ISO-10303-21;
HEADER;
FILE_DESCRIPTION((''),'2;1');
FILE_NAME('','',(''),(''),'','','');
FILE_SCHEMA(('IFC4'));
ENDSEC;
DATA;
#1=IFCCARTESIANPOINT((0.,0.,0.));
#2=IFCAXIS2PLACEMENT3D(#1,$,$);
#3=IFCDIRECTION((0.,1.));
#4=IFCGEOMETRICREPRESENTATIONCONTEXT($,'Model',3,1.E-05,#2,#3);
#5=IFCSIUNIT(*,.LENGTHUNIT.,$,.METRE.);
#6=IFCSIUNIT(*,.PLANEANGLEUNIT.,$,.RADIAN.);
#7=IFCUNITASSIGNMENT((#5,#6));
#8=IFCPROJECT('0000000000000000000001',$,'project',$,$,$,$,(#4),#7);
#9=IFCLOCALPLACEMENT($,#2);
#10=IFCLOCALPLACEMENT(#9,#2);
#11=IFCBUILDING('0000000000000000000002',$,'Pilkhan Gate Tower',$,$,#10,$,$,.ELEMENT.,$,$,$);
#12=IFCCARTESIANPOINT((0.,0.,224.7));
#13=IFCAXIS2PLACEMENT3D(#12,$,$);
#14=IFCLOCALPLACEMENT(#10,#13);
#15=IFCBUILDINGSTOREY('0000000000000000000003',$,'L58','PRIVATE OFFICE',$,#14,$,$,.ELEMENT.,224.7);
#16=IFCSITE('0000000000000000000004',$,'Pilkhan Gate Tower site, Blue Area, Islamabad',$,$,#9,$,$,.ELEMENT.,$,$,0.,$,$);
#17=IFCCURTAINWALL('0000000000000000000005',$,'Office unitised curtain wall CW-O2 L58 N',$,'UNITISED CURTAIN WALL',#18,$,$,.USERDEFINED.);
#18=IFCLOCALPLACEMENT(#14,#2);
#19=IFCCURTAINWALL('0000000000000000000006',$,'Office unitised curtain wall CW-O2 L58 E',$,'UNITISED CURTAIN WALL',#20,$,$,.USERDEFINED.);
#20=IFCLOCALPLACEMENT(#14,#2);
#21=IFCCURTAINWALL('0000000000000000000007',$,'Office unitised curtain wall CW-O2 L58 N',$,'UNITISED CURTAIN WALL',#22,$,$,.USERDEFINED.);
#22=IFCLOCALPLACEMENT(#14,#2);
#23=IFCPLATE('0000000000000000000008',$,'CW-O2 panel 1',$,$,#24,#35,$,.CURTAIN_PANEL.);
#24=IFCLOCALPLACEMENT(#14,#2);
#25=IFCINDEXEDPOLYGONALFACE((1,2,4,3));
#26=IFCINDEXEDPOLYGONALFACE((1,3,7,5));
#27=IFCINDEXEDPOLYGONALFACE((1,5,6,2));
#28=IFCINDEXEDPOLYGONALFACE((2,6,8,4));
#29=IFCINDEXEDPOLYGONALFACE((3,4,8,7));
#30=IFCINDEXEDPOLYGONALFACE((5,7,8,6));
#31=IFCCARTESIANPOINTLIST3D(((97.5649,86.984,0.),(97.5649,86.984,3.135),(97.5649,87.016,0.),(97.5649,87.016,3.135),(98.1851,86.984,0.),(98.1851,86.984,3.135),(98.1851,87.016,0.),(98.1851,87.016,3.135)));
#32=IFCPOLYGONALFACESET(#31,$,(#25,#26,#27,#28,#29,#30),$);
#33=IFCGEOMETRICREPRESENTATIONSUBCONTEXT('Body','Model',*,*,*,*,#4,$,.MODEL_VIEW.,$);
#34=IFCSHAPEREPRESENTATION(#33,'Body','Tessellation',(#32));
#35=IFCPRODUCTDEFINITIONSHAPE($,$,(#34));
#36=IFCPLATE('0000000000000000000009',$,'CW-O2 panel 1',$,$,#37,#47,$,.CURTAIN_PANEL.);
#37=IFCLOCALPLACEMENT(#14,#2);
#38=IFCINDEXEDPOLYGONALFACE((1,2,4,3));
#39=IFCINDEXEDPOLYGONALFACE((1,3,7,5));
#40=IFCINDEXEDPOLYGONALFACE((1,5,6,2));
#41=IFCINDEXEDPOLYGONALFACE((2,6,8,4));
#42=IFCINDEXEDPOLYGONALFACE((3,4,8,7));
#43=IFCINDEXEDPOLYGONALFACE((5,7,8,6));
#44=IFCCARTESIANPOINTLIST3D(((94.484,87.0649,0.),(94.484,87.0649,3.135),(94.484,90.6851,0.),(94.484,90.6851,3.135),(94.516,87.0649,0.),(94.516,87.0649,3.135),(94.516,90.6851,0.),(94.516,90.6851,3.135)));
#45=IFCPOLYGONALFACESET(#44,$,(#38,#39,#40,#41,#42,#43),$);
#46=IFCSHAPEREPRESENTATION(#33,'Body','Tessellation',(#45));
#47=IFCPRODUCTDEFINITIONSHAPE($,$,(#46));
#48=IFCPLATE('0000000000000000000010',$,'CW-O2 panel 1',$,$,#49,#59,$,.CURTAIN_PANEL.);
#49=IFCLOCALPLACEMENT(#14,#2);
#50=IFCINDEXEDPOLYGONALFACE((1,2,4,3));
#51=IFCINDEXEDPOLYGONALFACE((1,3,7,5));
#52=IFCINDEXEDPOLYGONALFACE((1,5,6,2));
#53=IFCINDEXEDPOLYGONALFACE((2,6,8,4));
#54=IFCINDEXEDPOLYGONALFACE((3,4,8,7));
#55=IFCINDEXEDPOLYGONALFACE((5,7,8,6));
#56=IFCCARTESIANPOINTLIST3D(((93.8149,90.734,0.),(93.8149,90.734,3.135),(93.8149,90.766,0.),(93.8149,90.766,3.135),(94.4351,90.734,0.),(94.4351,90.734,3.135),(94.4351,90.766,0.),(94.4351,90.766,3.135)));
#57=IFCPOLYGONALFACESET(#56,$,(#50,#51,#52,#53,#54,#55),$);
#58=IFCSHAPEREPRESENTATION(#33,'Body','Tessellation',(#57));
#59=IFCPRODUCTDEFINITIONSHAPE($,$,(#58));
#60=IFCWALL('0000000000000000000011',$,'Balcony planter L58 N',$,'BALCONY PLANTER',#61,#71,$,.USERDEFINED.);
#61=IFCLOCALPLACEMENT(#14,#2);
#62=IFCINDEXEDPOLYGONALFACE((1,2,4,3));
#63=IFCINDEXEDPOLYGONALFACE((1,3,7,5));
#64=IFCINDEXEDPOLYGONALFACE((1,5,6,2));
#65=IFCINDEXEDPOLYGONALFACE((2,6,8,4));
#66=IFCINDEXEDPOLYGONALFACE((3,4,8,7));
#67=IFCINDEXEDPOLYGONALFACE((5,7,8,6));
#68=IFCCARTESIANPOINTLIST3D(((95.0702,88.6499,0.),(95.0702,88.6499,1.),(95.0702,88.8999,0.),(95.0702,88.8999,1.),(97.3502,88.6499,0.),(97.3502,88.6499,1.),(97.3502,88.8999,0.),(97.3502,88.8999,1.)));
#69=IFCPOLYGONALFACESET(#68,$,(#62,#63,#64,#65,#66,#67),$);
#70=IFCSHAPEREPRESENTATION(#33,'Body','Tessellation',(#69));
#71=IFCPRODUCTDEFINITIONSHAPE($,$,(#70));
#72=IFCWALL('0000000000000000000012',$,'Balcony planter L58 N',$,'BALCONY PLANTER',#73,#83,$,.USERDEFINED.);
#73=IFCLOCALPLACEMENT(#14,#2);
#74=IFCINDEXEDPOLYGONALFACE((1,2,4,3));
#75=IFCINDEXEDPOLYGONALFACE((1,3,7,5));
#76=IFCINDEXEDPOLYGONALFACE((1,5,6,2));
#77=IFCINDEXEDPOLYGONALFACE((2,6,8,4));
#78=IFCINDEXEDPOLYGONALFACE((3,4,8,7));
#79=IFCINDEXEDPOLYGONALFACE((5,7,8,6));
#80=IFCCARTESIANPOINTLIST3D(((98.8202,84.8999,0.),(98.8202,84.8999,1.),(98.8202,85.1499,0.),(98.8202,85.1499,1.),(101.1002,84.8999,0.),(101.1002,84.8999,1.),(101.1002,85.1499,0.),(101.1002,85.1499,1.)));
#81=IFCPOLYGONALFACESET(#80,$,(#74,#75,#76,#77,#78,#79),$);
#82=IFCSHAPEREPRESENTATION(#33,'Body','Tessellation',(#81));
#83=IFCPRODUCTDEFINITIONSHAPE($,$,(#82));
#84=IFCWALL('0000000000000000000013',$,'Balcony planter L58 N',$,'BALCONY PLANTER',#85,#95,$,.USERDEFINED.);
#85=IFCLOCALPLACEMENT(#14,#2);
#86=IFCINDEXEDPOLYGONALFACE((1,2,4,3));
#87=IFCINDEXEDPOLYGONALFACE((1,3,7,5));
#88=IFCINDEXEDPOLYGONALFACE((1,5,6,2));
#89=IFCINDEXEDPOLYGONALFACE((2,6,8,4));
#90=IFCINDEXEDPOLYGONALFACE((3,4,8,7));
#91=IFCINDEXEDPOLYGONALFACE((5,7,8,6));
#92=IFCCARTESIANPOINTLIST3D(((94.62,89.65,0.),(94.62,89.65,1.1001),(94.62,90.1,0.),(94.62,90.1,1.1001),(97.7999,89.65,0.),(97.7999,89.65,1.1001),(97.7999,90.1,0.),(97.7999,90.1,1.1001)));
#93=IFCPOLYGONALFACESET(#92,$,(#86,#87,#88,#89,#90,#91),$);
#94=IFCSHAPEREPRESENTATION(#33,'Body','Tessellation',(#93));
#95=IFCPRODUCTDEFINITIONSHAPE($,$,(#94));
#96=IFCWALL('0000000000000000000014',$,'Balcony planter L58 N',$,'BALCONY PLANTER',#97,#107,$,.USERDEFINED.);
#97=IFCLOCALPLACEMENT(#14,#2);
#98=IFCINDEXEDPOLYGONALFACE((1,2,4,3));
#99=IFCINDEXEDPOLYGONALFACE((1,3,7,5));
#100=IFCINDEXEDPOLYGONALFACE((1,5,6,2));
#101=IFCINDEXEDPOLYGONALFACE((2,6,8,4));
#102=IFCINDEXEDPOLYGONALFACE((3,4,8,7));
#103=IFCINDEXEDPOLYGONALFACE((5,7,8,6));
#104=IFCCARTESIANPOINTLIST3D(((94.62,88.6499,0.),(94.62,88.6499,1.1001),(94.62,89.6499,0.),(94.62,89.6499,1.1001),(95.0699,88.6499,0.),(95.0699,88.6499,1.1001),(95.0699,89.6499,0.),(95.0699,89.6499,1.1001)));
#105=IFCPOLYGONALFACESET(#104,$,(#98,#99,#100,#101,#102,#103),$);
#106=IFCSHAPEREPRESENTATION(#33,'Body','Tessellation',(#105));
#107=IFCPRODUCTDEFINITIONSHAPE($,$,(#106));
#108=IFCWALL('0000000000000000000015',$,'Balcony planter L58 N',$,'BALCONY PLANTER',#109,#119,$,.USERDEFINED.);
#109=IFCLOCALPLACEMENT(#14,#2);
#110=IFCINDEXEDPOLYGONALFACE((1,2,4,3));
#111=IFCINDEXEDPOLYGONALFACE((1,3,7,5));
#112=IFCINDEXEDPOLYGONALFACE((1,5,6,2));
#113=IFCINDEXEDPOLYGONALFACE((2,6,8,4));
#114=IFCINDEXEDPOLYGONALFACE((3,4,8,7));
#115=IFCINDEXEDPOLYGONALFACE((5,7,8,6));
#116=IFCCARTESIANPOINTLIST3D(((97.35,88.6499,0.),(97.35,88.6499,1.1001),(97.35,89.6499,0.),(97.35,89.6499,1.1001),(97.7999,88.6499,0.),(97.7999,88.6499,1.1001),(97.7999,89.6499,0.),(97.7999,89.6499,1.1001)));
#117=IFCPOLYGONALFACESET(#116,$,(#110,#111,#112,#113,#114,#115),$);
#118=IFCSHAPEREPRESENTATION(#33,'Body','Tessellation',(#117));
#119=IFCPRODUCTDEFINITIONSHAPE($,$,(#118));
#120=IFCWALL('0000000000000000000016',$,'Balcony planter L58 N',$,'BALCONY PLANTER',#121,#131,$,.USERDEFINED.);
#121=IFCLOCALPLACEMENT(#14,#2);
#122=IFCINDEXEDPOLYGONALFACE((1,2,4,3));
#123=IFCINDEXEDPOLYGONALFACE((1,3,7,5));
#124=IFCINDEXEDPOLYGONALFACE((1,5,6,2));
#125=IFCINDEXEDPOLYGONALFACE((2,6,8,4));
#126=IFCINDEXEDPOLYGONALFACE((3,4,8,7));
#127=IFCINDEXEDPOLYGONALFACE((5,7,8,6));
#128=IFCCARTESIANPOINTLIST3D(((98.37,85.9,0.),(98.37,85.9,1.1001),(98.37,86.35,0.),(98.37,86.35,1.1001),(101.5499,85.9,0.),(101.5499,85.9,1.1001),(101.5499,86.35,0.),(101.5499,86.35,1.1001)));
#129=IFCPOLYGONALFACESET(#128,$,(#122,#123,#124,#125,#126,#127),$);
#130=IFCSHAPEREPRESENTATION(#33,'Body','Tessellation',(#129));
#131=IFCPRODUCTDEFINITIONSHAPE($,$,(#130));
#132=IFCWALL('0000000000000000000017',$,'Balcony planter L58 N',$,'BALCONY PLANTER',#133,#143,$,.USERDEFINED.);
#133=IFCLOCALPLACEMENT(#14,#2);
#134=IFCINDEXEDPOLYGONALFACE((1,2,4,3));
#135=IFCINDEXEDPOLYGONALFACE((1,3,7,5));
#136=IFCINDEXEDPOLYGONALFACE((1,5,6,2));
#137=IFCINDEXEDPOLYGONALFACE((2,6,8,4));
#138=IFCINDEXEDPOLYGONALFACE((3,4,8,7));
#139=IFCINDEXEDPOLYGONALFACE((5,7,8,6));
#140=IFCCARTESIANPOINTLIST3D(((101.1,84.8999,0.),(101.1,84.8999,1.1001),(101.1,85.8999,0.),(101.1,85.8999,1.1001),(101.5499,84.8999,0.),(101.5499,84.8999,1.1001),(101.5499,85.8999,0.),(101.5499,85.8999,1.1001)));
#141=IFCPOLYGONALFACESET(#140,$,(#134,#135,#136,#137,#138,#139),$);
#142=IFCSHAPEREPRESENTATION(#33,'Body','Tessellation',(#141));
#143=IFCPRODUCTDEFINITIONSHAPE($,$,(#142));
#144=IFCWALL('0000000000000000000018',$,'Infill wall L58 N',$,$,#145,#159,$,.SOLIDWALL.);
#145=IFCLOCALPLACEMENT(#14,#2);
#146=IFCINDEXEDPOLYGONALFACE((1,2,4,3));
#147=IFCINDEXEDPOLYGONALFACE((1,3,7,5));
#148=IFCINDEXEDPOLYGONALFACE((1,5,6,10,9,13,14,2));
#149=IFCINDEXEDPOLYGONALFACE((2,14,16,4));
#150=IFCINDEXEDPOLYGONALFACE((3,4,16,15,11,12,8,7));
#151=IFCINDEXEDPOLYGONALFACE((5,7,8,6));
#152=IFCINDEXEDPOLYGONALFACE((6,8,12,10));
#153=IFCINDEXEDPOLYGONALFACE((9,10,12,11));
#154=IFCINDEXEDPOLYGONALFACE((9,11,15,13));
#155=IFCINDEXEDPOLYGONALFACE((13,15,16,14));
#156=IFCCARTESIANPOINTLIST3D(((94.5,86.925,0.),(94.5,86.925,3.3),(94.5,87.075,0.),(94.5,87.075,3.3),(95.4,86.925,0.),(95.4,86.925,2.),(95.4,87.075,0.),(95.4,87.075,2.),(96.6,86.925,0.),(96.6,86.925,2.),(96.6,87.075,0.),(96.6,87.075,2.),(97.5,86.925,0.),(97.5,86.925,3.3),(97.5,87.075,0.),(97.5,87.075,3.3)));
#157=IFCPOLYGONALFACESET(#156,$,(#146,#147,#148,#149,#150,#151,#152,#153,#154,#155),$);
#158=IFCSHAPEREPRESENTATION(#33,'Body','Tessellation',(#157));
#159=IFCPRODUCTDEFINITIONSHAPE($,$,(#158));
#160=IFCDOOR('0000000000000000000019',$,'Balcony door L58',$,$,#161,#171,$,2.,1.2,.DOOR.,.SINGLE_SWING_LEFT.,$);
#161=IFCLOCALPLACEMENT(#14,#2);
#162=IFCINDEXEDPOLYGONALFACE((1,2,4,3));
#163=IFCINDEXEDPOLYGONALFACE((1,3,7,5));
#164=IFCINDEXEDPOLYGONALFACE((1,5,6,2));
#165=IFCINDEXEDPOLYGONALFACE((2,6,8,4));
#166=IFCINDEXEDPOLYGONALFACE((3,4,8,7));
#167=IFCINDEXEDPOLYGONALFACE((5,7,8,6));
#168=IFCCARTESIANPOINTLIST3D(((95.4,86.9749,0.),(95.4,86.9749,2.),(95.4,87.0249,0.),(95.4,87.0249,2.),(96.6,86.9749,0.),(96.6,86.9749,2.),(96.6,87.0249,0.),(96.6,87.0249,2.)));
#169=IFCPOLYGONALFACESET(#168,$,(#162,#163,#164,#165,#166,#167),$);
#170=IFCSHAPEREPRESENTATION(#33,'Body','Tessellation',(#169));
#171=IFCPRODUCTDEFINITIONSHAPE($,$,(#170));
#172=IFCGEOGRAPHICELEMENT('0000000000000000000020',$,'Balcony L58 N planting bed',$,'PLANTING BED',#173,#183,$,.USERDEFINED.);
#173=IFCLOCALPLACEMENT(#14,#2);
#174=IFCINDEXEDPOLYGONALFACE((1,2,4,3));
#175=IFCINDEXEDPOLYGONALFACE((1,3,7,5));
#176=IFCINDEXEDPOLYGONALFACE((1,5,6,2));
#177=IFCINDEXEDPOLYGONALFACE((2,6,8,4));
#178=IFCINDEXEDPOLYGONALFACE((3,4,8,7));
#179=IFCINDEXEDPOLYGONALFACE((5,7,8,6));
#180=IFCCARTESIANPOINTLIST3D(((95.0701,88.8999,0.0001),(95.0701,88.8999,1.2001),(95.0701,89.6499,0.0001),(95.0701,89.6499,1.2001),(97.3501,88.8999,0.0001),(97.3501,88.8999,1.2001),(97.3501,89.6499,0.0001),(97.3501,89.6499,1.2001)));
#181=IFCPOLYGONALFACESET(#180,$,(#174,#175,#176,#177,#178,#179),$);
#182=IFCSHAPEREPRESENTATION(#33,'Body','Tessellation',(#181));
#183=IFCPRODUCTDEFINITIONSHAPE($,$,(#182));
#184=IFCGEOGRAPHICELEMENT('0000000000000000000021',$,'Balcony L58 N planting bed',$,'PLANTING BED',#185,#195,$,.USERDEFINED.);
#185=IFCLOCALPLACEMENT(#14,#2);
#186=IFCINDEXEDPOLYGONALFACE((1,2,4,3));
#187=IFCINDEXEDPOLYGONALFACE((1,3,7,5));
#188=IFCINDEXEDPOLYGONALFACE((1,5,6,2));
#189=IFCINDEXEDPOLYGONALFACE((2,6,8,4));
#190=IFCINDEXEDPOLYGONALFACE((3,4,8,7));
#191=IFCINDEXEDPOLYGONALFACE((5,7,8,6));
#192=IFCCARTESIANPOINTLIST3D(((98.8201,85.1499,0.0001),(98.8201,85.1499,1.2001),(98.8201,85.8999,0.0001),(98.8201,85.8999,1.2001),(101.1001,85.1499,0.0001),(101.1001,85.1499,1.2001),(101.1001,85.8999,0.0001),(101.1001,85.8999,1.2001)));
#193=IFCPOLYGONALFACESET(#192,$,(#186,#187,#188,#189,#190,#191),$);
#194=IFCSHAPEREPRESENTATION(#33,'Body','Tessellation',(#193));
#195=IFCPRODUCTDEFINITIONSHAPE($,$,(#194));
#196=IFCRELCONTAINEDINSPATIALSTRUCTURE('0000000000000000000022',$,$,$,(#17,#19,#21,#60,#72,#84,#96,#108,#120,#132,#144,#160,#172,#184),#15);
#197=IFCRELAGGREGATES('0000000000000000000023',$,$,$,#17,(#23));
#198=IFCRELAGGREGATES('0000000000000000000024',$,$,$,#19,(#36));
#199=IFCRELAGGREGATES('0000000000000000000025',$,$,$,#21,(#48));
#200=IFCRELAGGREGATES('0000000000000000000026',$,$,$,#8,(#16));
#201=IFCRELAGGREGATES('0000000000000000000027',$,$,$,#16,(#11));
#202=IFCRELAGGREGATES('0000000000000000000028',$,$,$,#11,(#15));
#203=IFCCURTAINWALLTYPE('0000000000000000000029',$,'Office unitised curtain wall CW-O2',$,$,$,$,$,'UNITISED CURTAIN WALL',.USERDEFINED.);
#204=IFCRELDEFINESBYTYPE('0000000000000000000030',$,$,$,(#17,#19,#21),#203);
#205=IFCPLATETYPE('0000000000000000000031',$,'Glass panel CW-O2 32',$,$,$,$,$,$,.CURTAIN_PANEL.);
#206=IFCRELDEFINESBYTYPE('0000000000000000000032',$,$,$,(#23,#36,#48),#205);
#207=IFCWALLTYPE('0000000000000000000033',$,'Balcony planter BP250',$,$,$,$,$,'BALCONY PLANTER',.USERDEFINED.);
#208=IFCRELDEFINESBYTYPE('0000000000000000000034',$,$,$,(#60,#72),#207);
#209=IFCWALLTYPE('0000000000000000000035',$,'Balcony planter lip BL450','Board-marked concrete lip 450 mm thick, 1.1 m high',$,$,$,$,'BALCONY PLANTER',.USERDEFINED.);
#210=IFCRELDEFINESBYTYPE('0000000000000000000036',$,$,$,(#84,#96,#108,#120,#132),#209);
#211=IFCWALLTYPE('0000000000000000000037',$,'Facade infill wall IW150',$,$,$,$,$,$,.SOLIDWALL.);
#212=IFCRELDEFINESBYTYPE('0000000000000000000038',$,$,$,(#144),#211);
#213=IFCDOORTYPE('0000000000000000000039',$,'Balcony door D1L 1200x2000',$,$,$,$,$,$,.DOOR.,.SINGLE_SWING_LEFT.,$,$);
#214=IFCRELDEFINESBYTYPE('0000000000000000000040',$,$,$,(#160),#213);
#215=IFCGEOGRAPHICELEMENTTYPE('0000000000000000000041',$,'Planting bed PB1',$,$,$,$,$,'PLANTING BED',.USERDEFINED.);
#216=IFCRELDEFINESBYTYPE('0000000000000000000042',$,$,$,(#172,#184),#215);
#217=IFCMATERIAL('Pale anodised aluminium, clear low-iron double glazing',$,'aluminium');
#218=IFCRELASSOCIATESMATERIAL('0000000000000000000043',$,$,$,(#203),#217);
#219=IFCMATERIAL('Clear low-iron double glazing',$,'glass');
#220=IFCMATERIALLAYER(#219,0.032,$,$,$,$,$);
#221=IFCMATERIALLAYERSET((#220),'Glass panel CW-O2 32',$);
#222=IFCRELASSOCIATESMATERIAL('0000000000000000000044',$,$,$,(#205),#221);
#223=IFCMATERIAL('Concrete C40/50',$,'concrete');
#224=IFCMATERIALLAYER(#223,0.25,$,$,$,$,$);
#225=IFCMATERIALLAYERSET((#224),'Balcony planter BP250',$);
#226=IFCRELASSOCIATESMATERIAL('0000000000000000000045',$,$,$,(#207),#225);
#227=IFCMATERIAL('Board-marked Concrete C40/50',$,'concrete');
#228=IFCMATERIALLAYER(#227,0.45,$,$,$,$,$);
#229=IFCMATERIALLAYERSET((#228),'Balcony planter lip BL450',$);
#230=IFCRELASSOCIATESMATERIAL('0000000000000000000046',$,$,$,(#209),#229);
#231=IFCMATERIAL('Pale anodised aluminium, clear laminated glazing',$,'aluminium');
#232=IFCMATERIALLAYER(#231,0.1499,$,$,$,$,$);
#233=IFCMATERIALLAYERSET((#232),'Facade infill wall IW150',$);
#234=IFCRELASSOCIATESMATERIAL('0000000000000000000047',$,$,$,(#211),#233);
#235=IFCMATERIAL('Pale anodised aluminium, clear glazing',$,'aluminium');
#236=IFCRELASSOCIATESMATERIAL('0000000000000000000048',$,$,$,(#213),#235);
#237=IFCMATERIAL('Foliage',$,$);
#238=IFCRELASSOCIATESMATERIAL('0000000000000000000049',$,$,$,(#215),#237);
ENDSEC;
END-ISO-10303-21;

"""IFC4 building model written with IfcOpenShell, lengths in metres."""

from ifc_helpers import new_model, si_unit, direction, frame, frame_2d, origin, origin_2d, place, context, subcontext, project, spatial, rectangle, extrude, material, layer, layer_set, material_profile, profile_set, type_object, element, fill, aggregate, save


model = new_model("IFC4")

# Units and contexts
model_context = context("Model", 3, precision=1e-05, world=origin(), true_north=direction((0.0, 1.0)))
body_context = subcontext(model_context, "Body", "Model", "MODEL_VIEW")
ifc_project = project(units=[si_unit("LENGTHUNIT", "METRE"), si_unit("PLANEANGLEUNIT", "RADIAN")], contexts=[model_context])

# Site, building, storey
site_placement = place(None, origin())
site = spatial("IfcSite", under=ifc_project, at=site_placement, Name="Pilkhan Gate Tower site, Blue Area, Islamabad", CompositionType="ELEMENT", RefElevation=0.0)
building_placement = place(site_placement, origin())
building = spatial("IfcBuilding", under=site, at=building_placement, Name="Pilkhan Gate Tower", CompositionType="ELEMENT")
storey_placement = place(building_placement, frame((0.0, 0.0, 224.7)))
storey = spatial("IfcBuildingStorey", under=building, at=storey_placement, Name="L58", Description="PRIVATE OFFICE", CompositionType="ELEMENT", Elevation=224.7)

# Shared definitions
ifc_material_1 = material(Name="Pale anodised aluminium, clear low-iron double glazing", Category="aluminium")
curtain_wall_type = type_object("IfcCurtainWallType", Name="Office unitised curtain wall CW-O2", ElementType="UNITISED CURTAIN WALL", PredefinedType="USERDEFINED", material=ifc_material_1)

# Curtain walls
curtain_wall_1_placement = place(storey_placement, origin())
curtain_wall_1 = element("IfcCurtainWall", 1, at=curtain_wall_1_placement, inside=storey, type_object=curtain_wall_type, Name="Office unitised curtain wall CW-O2 L58 N", ObjectType="UNITISED CURTAIN WALL", PredefinedType="USERDEFINED")
curtain_wall_2_placement = place(storey_placement, origin())
curtain_wall_2 = element("IfcCurtainWall", 2, at=curtain_wall_2_placement, inside=storey, type_object=curtain_wall_type, Name="Office unitised curtain wall CW-O2 L58 E", ObjectType="UNITISED CURTAIN WALL", PredefinedType="USERDEFINED")

# Curtain wall
curtain_wall_3_placement = place(storey_placement, origin())
curtain_wall_3 = element("IfcCurtainWall", 3, at=curtain_wall_3_placement, inside=storey, type_object=curtain_wall_type, Name="Office unitised curtain wall CW-O2 L58 N", ObjectType="UNITISED CURTAIN WALL", PredefinedType="USERDEFINED")

# Plates
ifc_material_2 = material(Name="Clear low-iron double glazing", Category="glass")
ifc_layer_1 = layer(ifc_material_2, 0.032)
ifc_layer_set_1 = layer_set([ifc_layer_1], Name="Glass panel CW-O2 32")
plate_type = type_object("IfcPlateType", Name="Glass panel CW-O2 32", PredefinedType="CURTAIN_PANEL", material=ifc_layer_set_1)
plate_1_placement = place(storey_placement, frame((97.875, 87.0, 0.0), z_axis=(0.0, 0.0, 1.0), x_axis=(1.0, 0.0, 0.0)))
plate_1 = element("IfcPlate", 4, at=plate_1_placement, type_object=plate_type, Name="CW-O2 panel 1", PredefinedType="CURTAIN_PANEL", context=body_context, shape_type="SweptSolid", body=[
    extrude(rectangle(XDim=0.6201, YDim=0.032, at=origin_2d()), origin(), (0.0, 0.0, 1.0), 3.135),
])
aggregate(curtain_wall_1, [plate_1])
plate_2_placement = place(storey_placement, frame((94.5, 88.875, 0.0), z_axis=(0.0, 0.0, 1.0), x_axis=(0.0, 1.0, 0.0)))
plate_2 = element("IfcPlate", 5, at=plate_2_placement, type_object=plate_type, Name="CW-O2 panel 1", PredefinedType="CURTAIN_PANEL", context=body_context, shape_type="SweptSolid", body=[
    extrude(rectangle(XDim=3.6201, YDim=0.032, at=origin_2d()), origin(), (0.0, 0.0, 1.0), 3.135),
])
aggregate(curtain_wall_2, [plate_2])
plate_3_placement = place(storey_placement, frame((94.125, 90.75, 0.0), z_axis=(0.0, 0.0, 1.0), x_axis=(1.0, 0.0, 0.0)))
plate_3 = element("IfcPlate", 6, at=plate_3_placement, type_object=plate_type, Name="CW-O2 panel 1", PredefinedType="CURTAIN_PANEL", context=body_context, shape_type="SweptSolid", body=[
    extrude(rectangle(XDim=0.6201, YDim=0.032, at=origin_2d()), origin(), (0.0, 0.0, 1.0), 3.135),
])
aggregate(curtain_wall_3, [plate_3])

# Walls
ifc_material_3 = material(Name="Concrete C40/50", Category="concrete")
ifc_layer_2 = layer(ifc_material_3, 0.25)
ifc_layer_set_2 = layer_set([ifc_layer_2], Name="Balcony planter BP250")
wall_type_1 = type_object("IfcWallType", Name="Balcony planter BP250", ElementType="BALCONY PLANTER", PredefinedType="USERDEFINED", material=ifc_layer_set_2)
for number, where, z_axis, x_axis, name in (
    (7, (95.0701, 88.7749, 0.0), (0.0, 0.0, 1.0), (1.0, 0.0, 0.0), "Balcony planter L58 N"),
    (8, (98.8201, 85.0249, 0.0), (0.0, 0.0, 1.0), (1.0, 0.0, 0.0), "Balcony planter L58 N"),
):
    element("IfcWall", number, at=place(storey_placement, frame(where, z_axis=z_axis, x_axis=x_axis)), inside=storey, type_object=wall_type_1, Name=name, ObjectType="BALCONY PLANTER", PredefinedType="USERDEFINED", context=body_context, shape_type="SweptSolid", body=[
        extrude(rectangle(XDim=2.28, YDim=0.25, at=frame_2d((1.1401, 0.0))), origin(), (0.0, 0.0, 1.0), 1.0),
    ])
ifc_material_4 = material(Name="Board-marked Concrete C40/50", Category="concrete")
ifc_layer_3 = layer(ifc_material_4, 0.45)
ifc_layer_set_3 = layer_set([ifc_layer_3], Name="Balcony planter lip BL450")
wall_type_2 = type_object("IfcWallType", Name="Balcony planter lip BL450", Description="Board-marked concrete lip 450 mm thick, 1.1 m high", ElementType="BALCONY PLANTER", PredefinedType="USERDEFINED", material=ifc_layer_set_3)
wall_1_placement = place(storey_placement, frame((94.6201, 89.875, 0.0), z_axis=(0.0, 0.0, 1.0), x_axis=(1.0, 0.0, 0.0)))
element("IfcWall", 9, at=wall_1_placement, inside=storey, type_object=wall_type_2, Name="Balcony planter L58 N", ObjectType="BALCONY PLANTER", PredefinedType="USERDEFINED", context=body_context, shape_type="SweptSolid", body=[
    extrude(rectangle(XDim=3.1799, YDim=0.45, at=frame_2d((1.5898, 0.0))), origin(), (0.0, 0.0, 1.0), 1.1001),
])
for number, where, z_axis, x_axis, name in (
    (10, (94.845, 88.6499, 0.0), (0.0, 0.0, 1.0), (0.0, 1.0, 0.0), "Balcony planter L58 N"),
    (11, (97.575, 88.6499, 0.0), (0.0, 0.0, 1.0), (0.0, 1.0, 0.0), "Balcony planter L58 N"),
):
    element("IfcWall", number, at=place(storey_placement, frame(where, z_axis=z_axis, x_axis=x_axis)), inside=storey, type_object=wall_type_2, Name=name, ObjectType="BALCONY PLANTER", PredefinedType="USERDEFINED", context=body_context, shape_type="SweptSolid", body=[
        extrude(rectangle(XDim=1.0, YDim=0.45, at=frame_2d((0.5, 0.0))), origin(), (0.0, 0.0, 1.0), 1.1001),
    ])
wall_2_placement = place(storey_placement, frame((98.3701, 86.125, 0.0), z_axis=(0.0, 0.0, 1.0), x_axis=(1.0, 0.0, 0.0)))
element("IfcWall", 12, at=wall_2_placement, inside=storey, type_object=wall_type_2, Name="Balcony planter L58 N", ObjectType="BALCONY PLANTER", PredefinedType="USERDEFINED", context=body_context, shape_type="SweptSolid", body=[
    extrude(rectangle(XDim=3.1799, YDim=0.45, at=frame_2d((1.5898, 0.0))), origin(), (0.0, 0.0, 1.0), 1.1001),
])
wall_3_placement = place(storey_placement, frame((101.325, 84.8999, 0.0), z_axis=(0.0, 0.0, 1.0), x_axis=(0.0, 1.0, 0.0)))
element("IfcWall", 13, at=wall_3_placement, inside=storey, type_object=wall_type_2, Name="Balcony planter L58 N", ObjectType="BALCONY PLANTER", PredefinedType="USERDEFINED", context=body_context, shape_type="SweptSolid", body=[
    extrude(rectangle(XDim=1.0, YDim=0.45, at=frame_2d((0.5, 0.0))), origin(), (0.0, 0.0, 1.0), 1.1001),
])

# Wall, opening, door
ifc_material_5 = material(Name="Pale anodised aluminium, clear laminated glazing", Category="aluminium")
ifc_layer_4 = layer(ifc_material_5, 0.1499)
ifc_layer_set_4 = layer_set([ifc_layer_4], Name="Facade infill wall IW150")
wall_type_3 = type_object("IfcWallType", Name="Facade infill wall IW150", PredefinedType="SOLIDWALL", material=ifc_layer_set_4)
wall_4_placement = place(storey_placement, frame((94.5, 87.0, 0.0), z_axis=(0.0, 0.0, 1.0), x_axis=(1.0, 0.0, 0.0)))
wall_4 = element("IfcWall", 14, at=wall_4_placement, inside=storey, type_object=wall_type_3, Name="Infill wall L58 N", PredefinedType="SOLIDWALL", context=body_context, shape_type="SweptSolid", body=[
    extrude(rectangle(XDim=3.0, YDim=0.1499, at=frame_2d((1.5, 0.0))), origin(), (0.0, 0.0, 1.0), 3.3),
])
opening_placement = place(wall_4_placement, frame((0.8999, 0.0, 0.0)))
opening = element("IfcOpeningElement", 15, at=opening_placement, cuts=wall_4, PredefinedType="OPENING", context=body_context, shape_type="SweptSolid", body=[
    extrude(rectangle(XDim=1.2, YDim=2.0, at=frame_2d((0.6001, 1.0))), frame((0.0, 0.085, 0.0), z_axis=(0.0, -1.0, 0.0), x_axis=(1.0, 0.0, 0.0)), (0.0, 0.0, 1.0), 0.1699),
])
ifc_material_6 = material(Name="Pale anodised aluminium, clear glazing", Category="aluminium")
door_type = type_object("IfcDoorType", Name="Balcony door D1L 1200x2000", OperationType="SINGLE_SWING_LEFT", PredefinedType="DOOR", material=ifc_material_6)
door_placement = place(opening_placement, origin())
door = element("IfcDoor", 16, at=door_placement, inside=storey, type_object=door_type, Name="Balcony door L58", OperationType="SINGLE_SWING_LEFT", OverallHeight=2.0, OverallWidth=1.2, PredefinedType="DOOR", context=body_context, shape_type="SweptSolid", body=[
    extrude(rectangle(XDim=1.2, YDim=2.0, at=frame_2d((0.6001, 1.0))), frame((0.0, 0.0249, 0.0), z_axis=(0.0, -1.0, 0.0), x_axis=(1.0, 0.0, 0.0)), (0.0, 0.0, 1.0), 0.05),
])
fill(opening, door)

# Geographic elements
ifc_material_7 = material(Name="Foliage")
ifc_material_profile_1 = material_profile(ifc_material_7, rectangle(XDim=0.75, YDim=1.2, at=origin_2d()), Name="Bed 750x1200")
ifc_profile_set_1 = profile_set([ifc_material_profile_1], Name="Foliage")
geographic_element_type_1 = type_object("IfcGeographicElementType", Name="Planting bed PB1", ElementType="PLANTING BED", PredefinedType="USERDEFINED", material=ifc_profile_set_1)
for number, where, z_axis, x_axis, name in (
    (17, (95.0701, 89.2749, 0.6001), (1.0, 0.0, 0.0), (0.0, 1.0, 0.0), "Balcony L58 N planting bed"),
    (18, (98.8201, 85.5249, 0.6001), (1.0, 0.0, 0.0), (0.0, 1.0, 0.0), "Balcony L58 N planting bed"),
):
    element("IfcGeographicElement", number, at=place(storey_placement, frame(where, z_axis=z_axis, x_axis=x_axis)), inside=storey, type_object=geographic_element_type_1, Name=name, ObjectType="PLANTING BED", PredefinedType="USERDEFINED", context=body_context, shape_type="SweptSolid", body=[
        extrude(rectangle(XDim=0.75, YDim=1.2, at=origin_2d()), origin(), (0.0, 0.0, 1.0), 2.28),
    ])

save(model, "model.ifc")
